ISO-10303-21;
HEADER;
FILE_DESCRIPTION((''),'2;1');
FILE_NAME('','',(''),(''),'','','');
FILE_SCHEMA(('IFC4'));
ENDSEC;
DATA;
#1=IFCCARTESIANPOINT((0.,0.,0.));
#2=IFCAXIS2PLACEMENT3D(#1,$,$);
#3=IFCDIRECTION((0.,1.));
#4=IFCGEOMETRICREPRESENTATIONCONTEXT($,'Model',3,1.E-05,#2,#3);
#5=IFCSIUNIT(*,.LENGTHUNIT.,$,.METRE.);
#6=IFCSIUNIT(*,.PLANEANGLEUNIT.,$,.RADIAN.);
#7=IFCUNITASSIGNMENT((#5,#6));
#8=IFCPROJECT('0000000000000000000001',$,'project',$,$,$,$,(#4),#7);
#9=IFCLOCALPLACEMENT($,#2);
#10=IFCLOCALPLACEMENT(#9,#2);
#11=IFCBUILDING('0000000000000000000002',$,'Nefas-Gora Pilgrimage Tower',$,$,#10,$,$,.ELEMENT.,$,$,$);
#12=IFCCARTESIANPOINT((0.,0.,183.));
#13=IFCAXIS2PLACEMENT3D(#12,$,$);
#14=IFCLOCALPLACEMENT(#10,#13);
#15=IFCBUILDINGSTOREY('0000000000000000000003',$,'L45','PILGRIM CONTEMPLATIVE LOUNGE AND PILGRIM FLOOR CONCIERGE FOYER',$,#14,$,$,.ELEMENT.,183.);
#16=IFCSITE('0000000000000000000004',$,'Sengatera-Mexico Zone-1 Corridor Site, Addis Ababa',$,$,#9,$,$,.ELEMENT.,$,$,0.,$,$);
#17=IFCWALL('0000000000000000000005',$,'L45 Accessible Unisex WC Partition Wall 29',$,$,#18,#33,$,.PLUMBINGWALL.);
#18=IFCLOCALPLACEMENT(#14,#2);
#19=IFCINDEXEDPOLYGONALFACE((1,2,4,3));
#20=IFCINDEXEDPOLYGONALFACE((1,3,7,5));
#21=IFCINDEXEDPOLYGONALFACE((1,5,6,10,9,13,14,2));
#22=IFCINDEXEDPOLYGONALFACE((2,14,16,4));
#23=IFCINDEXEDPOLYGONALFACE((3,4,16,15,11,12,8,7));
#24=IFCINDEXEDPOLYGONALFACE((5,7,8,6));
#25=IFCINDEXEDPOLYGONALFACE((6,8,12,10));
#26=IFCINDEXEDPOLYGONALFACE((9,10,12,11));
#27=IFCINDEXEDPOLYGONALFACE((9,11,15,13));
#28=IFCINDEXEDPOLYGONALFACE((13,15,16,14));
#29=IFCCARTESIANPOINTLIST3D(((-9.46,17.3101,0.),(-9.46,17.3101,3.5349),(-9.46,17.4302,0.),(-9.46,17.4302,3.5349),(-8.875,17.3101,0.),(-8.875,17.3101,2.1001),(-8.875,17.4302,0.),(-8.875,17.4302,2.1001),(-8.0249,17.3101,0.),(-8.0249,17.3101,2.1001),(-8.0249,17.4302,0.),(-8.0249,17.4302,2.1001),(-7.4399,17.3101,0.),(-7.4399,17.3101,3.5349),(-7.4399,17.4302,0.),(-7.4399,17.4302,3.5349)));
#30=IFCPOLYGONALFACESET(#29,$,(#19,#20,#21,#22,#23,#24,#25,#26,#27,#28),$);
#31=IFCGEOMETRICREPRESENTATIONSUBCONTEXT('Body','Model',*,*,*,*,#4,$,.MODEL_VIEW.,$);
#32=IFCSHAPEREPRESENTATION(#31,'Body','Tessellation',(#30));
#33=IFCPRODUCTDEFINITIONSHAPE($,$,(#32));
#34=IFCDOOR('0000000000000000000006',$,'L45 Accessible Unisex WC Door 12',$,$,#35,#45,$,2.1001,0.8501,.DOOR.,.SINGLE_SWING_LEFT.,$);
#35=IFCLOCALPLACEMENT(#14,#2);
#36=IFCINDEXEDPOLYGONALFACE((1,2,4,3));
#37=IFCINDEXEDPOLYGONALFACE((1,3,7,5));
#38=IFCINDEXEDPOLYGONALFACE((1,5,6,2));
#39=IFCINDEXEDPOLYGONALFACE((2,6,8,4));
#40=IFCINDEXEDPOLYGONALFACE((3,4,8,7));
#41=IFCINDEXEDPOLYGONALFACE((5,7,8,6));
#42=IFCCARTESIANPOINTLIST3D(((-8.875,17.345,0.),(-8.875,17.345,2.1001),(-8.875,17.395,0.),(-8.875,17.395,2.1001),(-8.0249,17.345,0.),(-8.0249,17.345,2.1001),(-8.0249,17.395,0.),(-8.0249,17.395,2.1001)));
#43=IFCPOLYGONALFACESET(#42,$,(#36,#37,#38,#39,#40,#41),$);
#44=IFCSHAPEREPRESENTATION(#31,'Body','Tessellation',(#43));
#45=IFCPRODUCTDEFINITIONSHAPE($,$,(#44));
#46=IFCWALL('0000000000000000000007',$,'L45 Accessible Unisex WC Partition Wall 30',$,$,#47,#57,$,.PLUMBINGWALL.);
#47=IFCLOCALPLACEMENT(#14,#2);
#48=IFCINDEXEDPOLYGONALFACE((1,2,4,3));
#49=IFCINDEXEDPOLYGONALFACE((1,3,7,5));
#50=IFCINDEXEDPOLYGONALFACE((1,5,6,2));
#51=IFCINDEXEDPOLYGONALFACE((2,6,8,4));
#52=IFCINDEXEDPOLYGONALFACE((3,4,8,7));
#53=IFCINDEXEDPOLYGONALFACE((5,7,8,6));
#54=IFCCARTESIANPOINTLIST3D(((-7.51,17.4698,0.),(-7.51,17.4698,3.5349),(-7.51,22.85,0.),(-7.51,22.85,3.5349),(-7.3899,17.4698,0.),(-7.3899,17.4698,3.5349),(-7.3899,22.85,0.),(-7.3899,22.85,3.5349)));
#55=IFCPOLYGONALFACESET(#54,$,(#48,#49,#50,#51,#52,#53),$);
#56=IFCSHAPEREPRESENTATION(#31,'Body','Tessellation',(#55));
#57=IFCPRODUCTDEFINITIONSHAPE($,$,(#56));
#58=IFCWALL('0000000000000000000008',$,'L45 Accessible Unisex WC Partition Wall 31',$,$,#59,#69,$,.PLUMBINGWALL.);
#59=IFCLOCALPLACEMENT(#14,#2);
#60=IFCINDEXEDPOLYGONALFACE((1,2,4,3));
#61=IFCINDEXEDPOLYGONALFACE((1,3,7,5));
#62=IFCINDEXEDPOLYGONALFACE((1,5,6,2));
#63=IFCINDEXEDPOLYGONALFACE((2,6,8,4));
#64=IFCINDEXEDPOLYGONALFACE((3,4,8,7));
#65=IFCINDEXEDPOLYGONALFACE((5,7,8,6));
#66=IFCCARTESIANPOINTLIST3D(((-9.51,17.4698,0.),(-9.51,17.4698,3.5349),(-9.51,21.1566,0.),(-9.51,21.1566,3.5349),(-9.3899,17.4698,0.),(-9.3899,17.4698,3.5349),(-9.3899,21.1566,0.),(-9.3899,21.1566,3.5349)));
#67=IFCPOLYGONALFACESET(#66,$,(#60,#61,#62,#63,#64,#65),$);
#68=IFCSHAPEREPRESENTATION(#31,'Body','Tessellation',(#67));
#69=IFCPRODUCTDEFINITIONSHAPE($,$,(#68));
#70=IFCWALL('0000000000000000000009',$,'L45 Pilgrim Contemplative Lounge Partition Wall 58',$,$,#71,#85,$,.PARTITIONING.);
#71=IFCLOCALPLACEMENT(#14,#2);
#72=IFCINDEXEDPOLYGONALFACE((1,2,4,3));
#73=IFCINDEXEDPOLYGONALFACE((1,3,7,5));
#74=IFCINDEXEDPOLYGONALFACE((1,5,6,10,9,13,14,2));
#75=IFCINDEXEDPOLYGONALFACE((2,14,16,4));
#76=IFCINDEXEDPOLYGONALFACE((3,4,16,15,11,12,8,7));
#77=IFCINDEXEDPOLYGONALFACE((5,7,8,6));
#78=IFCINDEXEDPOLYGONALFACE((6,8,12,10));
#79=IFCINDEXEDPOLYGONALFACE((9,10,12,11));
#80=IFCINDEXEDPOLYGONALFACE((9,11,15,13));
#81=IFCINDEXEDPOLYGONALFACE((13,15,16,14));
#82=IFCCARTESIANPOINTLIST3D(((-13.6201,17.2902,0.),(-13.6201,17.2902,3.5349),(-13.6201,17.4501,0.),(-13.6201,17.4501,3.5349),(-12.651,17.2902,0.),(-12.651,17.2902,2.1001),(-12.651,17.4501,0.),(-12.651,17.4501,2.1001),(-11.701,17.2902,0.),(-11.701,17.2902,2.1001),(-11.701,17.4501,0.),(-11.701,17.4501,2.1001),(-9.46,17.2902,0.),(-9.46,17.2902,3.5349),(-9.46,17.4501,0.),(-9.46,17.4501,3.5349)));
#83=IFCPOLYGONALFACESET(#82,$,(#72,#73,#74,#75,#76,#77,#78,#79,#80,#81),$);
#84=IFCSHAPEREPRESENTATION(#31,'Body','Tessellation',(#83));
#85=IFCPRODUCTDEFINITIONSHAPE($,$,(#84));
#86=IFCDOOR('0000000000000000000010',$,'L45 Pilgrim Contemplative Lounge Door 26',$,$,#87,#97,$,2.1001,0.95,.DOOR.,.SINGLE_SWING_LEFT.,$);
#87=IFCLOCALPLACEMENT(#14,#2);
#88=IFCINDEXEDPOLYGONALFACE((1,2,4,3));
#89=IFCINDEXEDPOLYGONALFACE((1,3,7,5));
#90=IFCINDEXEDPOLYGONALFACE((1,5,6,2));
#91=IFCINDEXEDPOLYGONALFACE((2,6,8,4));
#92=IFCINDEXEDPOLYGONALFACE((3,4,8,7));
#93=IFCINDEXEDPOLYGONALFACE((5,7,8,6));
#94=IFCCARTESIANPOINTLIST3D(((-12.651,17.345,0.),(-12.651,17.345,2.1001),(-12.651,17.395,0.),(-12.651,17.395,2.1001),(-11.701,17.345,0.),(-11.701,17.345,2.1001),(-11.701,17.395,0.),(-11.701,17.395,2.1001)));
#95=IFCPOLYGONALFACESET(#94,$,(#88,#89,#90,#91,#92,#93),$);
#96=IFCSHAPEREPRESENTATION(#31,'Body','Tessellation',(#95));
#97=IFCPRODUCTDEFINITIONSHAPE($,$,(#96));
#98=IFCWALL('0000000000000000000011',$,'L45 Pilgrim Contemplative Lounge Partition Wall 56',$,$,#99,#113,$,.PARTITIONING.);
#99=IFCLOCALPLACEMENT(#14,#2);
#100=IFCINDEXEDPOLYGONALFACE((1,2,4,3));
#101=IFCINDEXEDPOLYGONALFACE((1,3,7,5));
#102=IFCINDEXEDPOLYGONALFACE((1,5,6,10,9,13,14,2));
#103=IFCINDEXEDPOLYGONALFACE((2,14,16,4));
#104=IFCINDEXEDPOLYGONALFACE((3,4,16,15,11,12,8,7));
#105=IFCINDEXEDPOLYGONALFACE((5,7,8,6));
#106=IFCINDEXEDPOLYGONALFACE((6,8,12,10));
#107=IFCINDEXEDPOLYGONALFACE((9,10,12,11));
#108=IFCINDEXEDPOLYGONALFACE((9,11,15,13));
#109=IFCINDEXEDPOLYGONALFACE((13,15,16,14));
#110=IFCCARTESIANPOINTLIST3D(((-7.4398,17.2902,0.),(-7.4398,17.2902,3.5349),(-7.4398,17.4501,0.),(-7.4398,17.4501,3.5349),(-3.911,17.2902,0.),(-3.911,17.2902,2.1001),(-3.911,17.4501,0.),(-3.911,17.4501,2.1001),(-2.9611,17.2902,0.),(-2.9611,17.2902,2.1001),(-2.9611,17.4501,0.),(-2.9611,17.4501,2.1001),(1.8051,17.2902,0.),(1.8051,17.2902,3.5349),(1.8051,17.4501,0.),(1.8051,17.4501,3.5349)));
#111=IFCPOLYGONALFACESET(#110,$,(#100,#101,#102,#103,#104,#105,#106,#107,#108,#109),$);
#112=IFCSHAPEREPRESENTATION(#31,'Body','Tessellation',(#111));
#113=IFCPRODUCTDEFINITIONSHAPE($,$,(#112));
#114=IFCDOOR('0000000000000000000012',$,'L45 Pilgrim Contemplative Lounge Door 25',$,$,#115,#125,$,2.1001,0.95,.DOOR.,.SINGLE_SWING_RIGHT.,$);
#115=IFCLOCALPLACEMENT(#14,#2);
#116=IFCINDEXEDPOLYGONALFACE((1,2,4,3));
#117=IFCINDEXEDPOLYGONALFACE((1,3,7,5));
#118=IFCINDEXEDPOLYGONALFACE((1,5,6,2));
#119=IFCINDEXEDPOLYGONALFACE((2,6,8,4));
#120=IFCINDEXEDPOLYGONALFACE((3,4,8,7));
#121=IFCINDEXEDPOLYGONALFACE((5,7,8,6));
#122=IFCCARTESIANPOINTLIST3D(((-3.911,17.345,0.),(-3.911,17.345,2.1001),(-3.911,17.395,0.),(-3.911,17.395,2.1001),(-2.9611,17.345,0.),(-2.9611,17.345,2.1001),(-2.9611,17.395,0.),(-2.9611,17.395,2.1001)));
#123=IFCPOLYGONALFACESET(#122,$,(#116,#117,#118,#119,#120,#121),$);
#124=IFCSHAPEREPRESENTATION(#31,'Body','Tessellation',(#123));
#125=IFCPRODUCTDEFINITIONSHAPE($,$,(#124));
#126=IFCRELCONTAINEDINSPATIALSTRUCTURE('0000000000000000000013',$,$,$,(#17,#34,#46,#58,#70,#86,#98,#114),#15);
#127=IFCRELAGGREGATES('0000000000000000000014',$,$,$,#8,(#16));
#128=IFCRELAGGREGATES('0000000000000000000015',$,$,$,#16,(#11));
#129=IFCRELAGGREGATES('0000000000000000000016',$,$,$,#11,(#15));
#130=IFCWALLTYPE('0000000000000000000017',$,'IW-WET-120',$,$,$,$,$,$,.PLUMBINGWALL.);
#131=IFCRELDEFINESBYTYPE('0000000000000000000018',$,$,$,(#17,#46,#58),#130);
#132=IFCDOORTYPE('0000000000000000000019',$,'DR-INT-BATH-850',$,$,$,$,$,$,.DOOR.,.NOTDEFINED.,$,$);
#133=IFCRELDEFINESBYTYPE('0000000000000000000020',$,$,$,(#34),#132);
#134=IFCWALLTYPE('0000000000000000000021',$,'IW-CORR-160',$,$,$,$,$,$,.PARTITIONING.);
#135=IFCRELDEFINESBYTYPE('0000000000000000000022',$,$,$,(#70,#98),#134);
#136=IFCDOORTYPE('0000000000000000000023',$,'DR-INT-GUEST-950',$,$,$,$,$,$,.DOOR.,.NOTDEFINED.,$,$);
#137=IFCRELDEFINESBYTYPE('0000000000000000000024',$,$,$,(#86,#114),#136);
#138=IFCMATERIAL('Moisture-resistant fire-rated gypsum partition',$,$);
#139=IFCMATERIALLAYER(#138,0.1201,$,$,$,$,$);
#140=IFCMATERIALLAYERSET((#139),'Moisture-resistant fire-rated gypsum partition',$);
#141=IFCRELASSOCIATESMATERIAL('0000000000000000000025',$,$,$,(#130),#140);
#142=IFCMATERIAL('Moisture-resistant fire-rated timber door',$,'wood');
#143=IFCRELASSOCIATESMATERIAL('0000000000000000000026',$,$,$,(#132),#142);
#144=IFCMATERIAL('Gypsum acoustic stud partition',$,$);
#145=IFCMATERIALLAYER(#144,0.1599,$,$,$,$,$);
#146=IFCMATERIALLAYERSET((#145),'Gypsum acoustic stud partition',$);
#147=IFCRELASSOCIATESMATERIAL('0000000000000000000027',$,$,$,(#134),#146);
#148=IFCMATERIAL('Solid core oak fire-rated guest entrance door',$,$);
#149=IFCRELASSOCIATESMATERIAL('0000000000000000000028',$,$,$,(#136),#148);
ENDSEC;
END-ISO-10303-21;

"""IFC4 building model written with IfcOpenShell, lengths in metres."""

from ifc_helpers import new_model, si_unit, direction, frame, frame_2d, origin, place, context, subcontext, project, spatial, rectangle, extrude, source, transform, mapped, material, layer, layer_set, type_object, element, fill, save


model = new_model("IFC4")

# Units and contexts
model_context = context("Model", 3, precision=1e-05, world=origin(), true_north=direction((0.0, 1.0)))
body_context = subcontext(model_context, "Body", "Model", "MODEL_VIEW")
ifc_project = project(units=[si_unit("LENGTHUNIT", "METRE"), si_unit("PLANEANGLEUNIT", "RADIAN")], contexts=[model_context])

# Site, building, storey
site_placement = place(None, origin())
site = spatial("IfcSite", under=ifc_project, at=site_placement, Name="Sengatera-Mexico Zone-1 Corridor Site, Addis Ababa", CompositionType="ELEMENT", RefElevation=0.0)
building_placement = place(site_placement, origin())
building = spatial("IfcBuilding", under=site, at=building_placement, Name="Nefas-Gora Pilgrimage Tower", CompositionType="ELEMENT")
storey_placement = place(building_placement, frame((0.0, 0.0, 183.0)))
storey = spatial("IfcBuildingStorey", under=building, at=storey_placement, Name="L45", Description="PILGRIM CONTEMPLATIVE LOUNGE AND PILGRIM FLOOR CONCIERGE FOYER", CompositionType="ELEMENT", Elevation=183.0)

# Wall, opening, door
ifc_material_1 = material(Name="Moisture-resistant fire-rated gypsum partition")
ifc_layer_1 = layer(ifc_material_1, 0.1201)
ifc_layer_set_1 = layer_set([ifc_layer_1], Name="Moisture-resistant fire-rated gypsum partition")
wall_type_1 = type_object("IfcWallType", Name="IW-WET-120", PredefinedType="PLUMBINGWALL", material=ifc_layer_set_1)
shared_shape_1 = source(origin(), body_context, "Body", "SweptSolid", [
    extrude(rectangle(XDim=2.02, YDim=0.1201, at=frame_2d((1.01, 0.0))), origin(), (0.0, 0.0, 1.0), 3.5349),
])
wall_1_placement = place(storey_placement, frame((-9.46, 17.3701, 0.0), z_axis=(0.0, 0.0, 1.0), x_axis=(1.0, 0.0, 0.0)))
wall_1 = element("IfcWall", 1, at=wall_1_placement, inside=storey, type_object=wall_type_1, Name="L45 Accessible Unisex WC Partition Wall 29", PredefinedType="PLUMBINGWALL", context=body_context, shape_type="MappedRepresentation", body=[
    mapped(shared_shape_1, transform((0.0, 0.0, 0.0), x_axis=(1.0, 0.0, 0.0), y_axis=(0.0, 1.0, 0.0), z_axis=(0.0, 0.0, 1.0), scale=1.0)),
])
opening_1_placement = place(wall_1_placement, frame((0.585, 0.0, 0.0)))
opening_1 = element("IfcOpeningElement", 2, at=opening_1_placement, cuts=wall_1, PredefinedType="OPENING", context=body_context, shape_type="SweptSolid", body=[
    extrude(rectangle(XDim=0.8501, YDim=2.1001, at=frame_2d((0.425, 1.05))), frame((0.0, 0.0701, 0.0), z_axis=(0.0, -1.0, 0.0), x_axis=(1.0, 0.0, 0.0)), (0.0, 0.0, 1.0), 0.1401),
])
ifc_material_2 = material(Name="Moisture-resistant fire-rated timber door", Category="wood")
door_type_1 = type_object("IfcDoorType", Name="DR-INT-BATH-850", OperationType="NOTDEFINED", PredefinedType="DOOR", material=ifc_material_2)
shared_shape_2 = source(origin(), body_context, "Body", "SweptSolid", [
    extrude(rectangle(XDim=0.8501, YDim=2.1001, at=frame_2d((0.425, 1.05))), frame((0.0, 0.0249, 0.0), z_axis=(0.0, -1.0, 0.0), x_axis=(1.0, 0.0, 0.0)), (0.0, 0.0, 1.0), 0.05),
])
door_1_placement = place(opening_1_placement, origin())
door_1 = element("IfcDoor", 3, at=door_1_placement, inside=storey, type_object=door_type_1, Name="L45 Accessible Unisex WC Door 12", OperationType="SINGLE_SWING_LEFT", OverallHeight=2.1001, OverallWidth=0.8501, PredefinedType="DOOR", context=body_context, shape_type="MappedRepresentation", body=[
    mapped(shared_shape_2, transform((0.0, 0.0, 0.0), x_axis=(1.0, 0.0, 0.0), y_axis=(0.0, 1.0, 0.0), z_axis=(0.0, 0.0, 1.0), scale=1.0)),
])
fill(opening_1, door_1)

# Walls
shared_shape_3 = source(origin(), body_context, "Body", "SweptSolid", [
    extrude(rectangle(XDim=5.3801, YDim=0.1201, at=frame_2d((2.6899, 0.0))), origin(), (0.0, 0.0, 1.0), 3.5349),
])
wall_2_placement = place(storey_placement, frame((-7.45, 17.47, 0.0), z_axis=(0.0, 0.0, 1.0), x_axis=(0.0, 1.0, 0.0)))
element("IfcWall", 4, at=wall_2_placement, inside=storey, type_object=wall_type_1, Name="L45 Accessible Unisex WC Partition Wall 30", PredefinedType="PLUMBINGWALL", context=body_context, shape_type="MappedRepresentation", body=[
    mapped(shared_shape_3, transform((0.0, 0.0, 0.0), x_axis=(1.0, 0.0, 0.0), y_axis=(0.0, 1.0, 0.0), z_axis=(0.0, 0.0, 1.0), scale=1.0)),
])
shared_shape_4 = source(origin(), body_context, "Body", "SweptSolid", [
    extrude(rectangle(XDim=3.6868, YDim=0.1201, at=frame_2d((1.8433, 0.0))), origin(), (0.0, 0.0, 1.0), 3.5349),
])
wall_3_placement = place(storey_placement, frame((-9.45, 17.47, 0.0), z_axis=(0.0, 0.0, 1.0), x_axis=(0.0, 1.0, 0.0)))
element("IfcWall", 5, at=wall_3_placement, inside=storey, type_object=wall_type_1, Name="L45 Accessible Unisex WC Partition Wall 31", PredefinedType="PLUMBINGWALL", context=body_context, shape_type="MappedRepresentation", body=[
    mapped(shared_shape_4, transform((0.0, 0.0, 0.0), x_axis=(1.0, 0.0, 0.0), y_axis=(0.0, 1.0, 0.0), z_axis=(0.0, 0.0, 1.0), scale=1.0)),
])

# Walls, openings, doors
ifc_material_3 = material(Name="Gypsum acoustic stud partition")
ifc_layer_2 = layer(ifc_material_3, 0.1599)
ifc_layer_set_2 = layer_set([ifc_layer_2], Name="Gypsum acoustic stud partition")
wall_type_2 = type_object("IfcWallType", Name="IW-CORR-160", PredefinedType="PARTITIONING", material=ifc_layer_set_2)
shared_shape_5 = source(origin(), body_context, "Body", "SweptSolid", [
    extrude(rectangle(XDim=4.1602, YDim=0.1599, at=frame_2d((2.0801, 0.0))), origin(), (0.0, 0.0, 1.0), 3.5349),
])
wall_4_placement = place(storey_placement, frame((-13.6201, 17.3701, 0.0), z_axis=(0.0, 0.0, 1.0), x_axis=(1.0, 0.0, 0.0)))
wall_4 = element("IfcWall", 6, at=wall_4_placement, inside=storey, type_object=wall_type_2, Name="L45 Pilgrim Contemplative Lounge Partition Wall 58", PredefinedType="PARTITIONING", context=body_context, shape_type="MappedRepresentation", body=[
    mapped(shared_shape_5, transform((0.0, 0.0, 0.0), x_axis=(1.0, 0.0, 0.0), y_axis=(0.0, 1.0, 0.0), z_axis=(0.0, 0.0, 1.0), scale=1.0)),
])
opening_2_placement = place(wall_4_placement, frame((0.969, 0.0, 0.0)))
opening_2 = element("IfcOpeningElement", 7, at=opening_2_placement, cuts=wall_4, PredefinedType="OPENING", context=body_context, shape_type="SweptSolid", body=[
    extrude(rectangle(XDim=0.95, YDim=2.1001, at=frame_2d((0.4751, 1.05))), frame((0.0, 0.0898, 0.0), z_axis=(0.0, -1.0, 0.0), x_axis=(1.0, 0.0, 0.0)), (0.0, 0.0, 1.0), 0.1799),
])
ifc_material_4 = material(Name="Solid core oak fire-rated guest entrance door")
door_type_2 = type_object("IfcDoorType", Name="DR-INT-GUEST-950", OperationType="NOTDEFINED", PredefinedType="DOOR", material=ifc_material_4)
shared_shape_6 = source(origin(), body_context, "Body", "SweptSolid", [
    extrude(rectangle(XDim=0.95, YDim=2.1001, at=frame_2d((0.4751, 1.05))), frame((0.0, 0.0249, 0.0), z_axis=(0.0, -1.0, 0.0), x_axis=(1.0, 0.0, 0.0)), (0.0, 0.0, 1.0), 0.05),
])
door_2_placement = place(opening_2_placement, origin())
door_2 = element("IfcDoor", 8, at=door_2_placement, inside=storey, type_object=door_type_2, Name="L45 Pilgrim Contemplative Lounge Door 26", OperationType="SINGLE_SWING_LEFT", OverallHeight=2.1001, OverallWidth=0.95, PredefinedType="DOOR", context=body_context, shape_type="MappedRepresentation", body=[
    mapped(shared_shape_6, transform((0.0, 0.0, 0.0), x_axis=(1.0, 0.0, 0.0), y_axis=(0.0, 1.0, 0.0), z_axis=(0.0, 0.0, 1.0), scale=1.0)),
])
fill(opening_2, door_2)
shared_shape_7 = source(origin(), body_context, "Body", "SweptSolid", [
    extrude(rectangle(XDim=9.2449, YDim=0.1599, at=frame_2d((4.6226, 0.0))), origin(), (0.0, 0.0, 1.0), 3.5349),
])
wall_5_placement = place(storey_placement, frame((-7.4399, 17.3701, 0.0), z_axis=(0.0, 0.0, 1.0), x_axis=(1.0, 0.0, 0.0)))
wall_5 = element("IfcWall", 9, at=wall_5_placement, inside=storey, type_object=wall_type_2, Name="L45 Pilgrim Contemplative Lounge Partition Wall 56", PredefinedType="PARTITIONING", context=body_context, shape_type="MappedRepresentation", body=[
    mapped(shared_shape_7, transform((0.0, 0.0, 0.0), x_axis=(1.0, 0.0, 0.0), y_axis=(0.0, 1.0, 0.0), z_axis=(0.0, 0.0, 1.0), scale=1.0)),
])
opening_3_placement = place(wall_5_placement, frame((3.5288, 0.0, 0.0)))
opening_3 = element("IfcOpeningElement", 10, at=opening_3_placement, cuts=wall_5, PredefinedType="OPENING", context=body_context, shape_type="SweptSolid", body=[
    extrude(rectangle(XDim=0.95, YDim=2.1001, at=frame_2d((0.4751, 1.05))), frame((0.0, 0.0898, 0.0), z_axis=(0.0, -1.0, 0.0), x_axis=(1.0, 0.0, 0.0)), (0.0, 0.0, 1.0), 0.1799),
])
door_3_placement = place(opening_3_placement, origin())
door_3 = element("IfcDoor", 11, at=door_3_placement, inside=storey, type_object=door_type_2, Name="L45 Pilgrim Contemplative Lounge Door 25", OperationType="SINGLE_SWING_RIGHT", OverallHeight=2.1001, OverallWidth=0.95, PredefinedType="DOOR", context=body_context, shape_type="MappedRepresentation", body=[
    mapped(shared_shape_6, transform((0.0, 0.0, 0.0), x_axis=(1.0, 0.0, 0.0), y_axis=(0.0, 1.0, 0.0), z_axis=(0.0, 0.0, 1.0), scale=1.0)),
])
fill(opening_3, door_3)

save(model, "model.ifc")
